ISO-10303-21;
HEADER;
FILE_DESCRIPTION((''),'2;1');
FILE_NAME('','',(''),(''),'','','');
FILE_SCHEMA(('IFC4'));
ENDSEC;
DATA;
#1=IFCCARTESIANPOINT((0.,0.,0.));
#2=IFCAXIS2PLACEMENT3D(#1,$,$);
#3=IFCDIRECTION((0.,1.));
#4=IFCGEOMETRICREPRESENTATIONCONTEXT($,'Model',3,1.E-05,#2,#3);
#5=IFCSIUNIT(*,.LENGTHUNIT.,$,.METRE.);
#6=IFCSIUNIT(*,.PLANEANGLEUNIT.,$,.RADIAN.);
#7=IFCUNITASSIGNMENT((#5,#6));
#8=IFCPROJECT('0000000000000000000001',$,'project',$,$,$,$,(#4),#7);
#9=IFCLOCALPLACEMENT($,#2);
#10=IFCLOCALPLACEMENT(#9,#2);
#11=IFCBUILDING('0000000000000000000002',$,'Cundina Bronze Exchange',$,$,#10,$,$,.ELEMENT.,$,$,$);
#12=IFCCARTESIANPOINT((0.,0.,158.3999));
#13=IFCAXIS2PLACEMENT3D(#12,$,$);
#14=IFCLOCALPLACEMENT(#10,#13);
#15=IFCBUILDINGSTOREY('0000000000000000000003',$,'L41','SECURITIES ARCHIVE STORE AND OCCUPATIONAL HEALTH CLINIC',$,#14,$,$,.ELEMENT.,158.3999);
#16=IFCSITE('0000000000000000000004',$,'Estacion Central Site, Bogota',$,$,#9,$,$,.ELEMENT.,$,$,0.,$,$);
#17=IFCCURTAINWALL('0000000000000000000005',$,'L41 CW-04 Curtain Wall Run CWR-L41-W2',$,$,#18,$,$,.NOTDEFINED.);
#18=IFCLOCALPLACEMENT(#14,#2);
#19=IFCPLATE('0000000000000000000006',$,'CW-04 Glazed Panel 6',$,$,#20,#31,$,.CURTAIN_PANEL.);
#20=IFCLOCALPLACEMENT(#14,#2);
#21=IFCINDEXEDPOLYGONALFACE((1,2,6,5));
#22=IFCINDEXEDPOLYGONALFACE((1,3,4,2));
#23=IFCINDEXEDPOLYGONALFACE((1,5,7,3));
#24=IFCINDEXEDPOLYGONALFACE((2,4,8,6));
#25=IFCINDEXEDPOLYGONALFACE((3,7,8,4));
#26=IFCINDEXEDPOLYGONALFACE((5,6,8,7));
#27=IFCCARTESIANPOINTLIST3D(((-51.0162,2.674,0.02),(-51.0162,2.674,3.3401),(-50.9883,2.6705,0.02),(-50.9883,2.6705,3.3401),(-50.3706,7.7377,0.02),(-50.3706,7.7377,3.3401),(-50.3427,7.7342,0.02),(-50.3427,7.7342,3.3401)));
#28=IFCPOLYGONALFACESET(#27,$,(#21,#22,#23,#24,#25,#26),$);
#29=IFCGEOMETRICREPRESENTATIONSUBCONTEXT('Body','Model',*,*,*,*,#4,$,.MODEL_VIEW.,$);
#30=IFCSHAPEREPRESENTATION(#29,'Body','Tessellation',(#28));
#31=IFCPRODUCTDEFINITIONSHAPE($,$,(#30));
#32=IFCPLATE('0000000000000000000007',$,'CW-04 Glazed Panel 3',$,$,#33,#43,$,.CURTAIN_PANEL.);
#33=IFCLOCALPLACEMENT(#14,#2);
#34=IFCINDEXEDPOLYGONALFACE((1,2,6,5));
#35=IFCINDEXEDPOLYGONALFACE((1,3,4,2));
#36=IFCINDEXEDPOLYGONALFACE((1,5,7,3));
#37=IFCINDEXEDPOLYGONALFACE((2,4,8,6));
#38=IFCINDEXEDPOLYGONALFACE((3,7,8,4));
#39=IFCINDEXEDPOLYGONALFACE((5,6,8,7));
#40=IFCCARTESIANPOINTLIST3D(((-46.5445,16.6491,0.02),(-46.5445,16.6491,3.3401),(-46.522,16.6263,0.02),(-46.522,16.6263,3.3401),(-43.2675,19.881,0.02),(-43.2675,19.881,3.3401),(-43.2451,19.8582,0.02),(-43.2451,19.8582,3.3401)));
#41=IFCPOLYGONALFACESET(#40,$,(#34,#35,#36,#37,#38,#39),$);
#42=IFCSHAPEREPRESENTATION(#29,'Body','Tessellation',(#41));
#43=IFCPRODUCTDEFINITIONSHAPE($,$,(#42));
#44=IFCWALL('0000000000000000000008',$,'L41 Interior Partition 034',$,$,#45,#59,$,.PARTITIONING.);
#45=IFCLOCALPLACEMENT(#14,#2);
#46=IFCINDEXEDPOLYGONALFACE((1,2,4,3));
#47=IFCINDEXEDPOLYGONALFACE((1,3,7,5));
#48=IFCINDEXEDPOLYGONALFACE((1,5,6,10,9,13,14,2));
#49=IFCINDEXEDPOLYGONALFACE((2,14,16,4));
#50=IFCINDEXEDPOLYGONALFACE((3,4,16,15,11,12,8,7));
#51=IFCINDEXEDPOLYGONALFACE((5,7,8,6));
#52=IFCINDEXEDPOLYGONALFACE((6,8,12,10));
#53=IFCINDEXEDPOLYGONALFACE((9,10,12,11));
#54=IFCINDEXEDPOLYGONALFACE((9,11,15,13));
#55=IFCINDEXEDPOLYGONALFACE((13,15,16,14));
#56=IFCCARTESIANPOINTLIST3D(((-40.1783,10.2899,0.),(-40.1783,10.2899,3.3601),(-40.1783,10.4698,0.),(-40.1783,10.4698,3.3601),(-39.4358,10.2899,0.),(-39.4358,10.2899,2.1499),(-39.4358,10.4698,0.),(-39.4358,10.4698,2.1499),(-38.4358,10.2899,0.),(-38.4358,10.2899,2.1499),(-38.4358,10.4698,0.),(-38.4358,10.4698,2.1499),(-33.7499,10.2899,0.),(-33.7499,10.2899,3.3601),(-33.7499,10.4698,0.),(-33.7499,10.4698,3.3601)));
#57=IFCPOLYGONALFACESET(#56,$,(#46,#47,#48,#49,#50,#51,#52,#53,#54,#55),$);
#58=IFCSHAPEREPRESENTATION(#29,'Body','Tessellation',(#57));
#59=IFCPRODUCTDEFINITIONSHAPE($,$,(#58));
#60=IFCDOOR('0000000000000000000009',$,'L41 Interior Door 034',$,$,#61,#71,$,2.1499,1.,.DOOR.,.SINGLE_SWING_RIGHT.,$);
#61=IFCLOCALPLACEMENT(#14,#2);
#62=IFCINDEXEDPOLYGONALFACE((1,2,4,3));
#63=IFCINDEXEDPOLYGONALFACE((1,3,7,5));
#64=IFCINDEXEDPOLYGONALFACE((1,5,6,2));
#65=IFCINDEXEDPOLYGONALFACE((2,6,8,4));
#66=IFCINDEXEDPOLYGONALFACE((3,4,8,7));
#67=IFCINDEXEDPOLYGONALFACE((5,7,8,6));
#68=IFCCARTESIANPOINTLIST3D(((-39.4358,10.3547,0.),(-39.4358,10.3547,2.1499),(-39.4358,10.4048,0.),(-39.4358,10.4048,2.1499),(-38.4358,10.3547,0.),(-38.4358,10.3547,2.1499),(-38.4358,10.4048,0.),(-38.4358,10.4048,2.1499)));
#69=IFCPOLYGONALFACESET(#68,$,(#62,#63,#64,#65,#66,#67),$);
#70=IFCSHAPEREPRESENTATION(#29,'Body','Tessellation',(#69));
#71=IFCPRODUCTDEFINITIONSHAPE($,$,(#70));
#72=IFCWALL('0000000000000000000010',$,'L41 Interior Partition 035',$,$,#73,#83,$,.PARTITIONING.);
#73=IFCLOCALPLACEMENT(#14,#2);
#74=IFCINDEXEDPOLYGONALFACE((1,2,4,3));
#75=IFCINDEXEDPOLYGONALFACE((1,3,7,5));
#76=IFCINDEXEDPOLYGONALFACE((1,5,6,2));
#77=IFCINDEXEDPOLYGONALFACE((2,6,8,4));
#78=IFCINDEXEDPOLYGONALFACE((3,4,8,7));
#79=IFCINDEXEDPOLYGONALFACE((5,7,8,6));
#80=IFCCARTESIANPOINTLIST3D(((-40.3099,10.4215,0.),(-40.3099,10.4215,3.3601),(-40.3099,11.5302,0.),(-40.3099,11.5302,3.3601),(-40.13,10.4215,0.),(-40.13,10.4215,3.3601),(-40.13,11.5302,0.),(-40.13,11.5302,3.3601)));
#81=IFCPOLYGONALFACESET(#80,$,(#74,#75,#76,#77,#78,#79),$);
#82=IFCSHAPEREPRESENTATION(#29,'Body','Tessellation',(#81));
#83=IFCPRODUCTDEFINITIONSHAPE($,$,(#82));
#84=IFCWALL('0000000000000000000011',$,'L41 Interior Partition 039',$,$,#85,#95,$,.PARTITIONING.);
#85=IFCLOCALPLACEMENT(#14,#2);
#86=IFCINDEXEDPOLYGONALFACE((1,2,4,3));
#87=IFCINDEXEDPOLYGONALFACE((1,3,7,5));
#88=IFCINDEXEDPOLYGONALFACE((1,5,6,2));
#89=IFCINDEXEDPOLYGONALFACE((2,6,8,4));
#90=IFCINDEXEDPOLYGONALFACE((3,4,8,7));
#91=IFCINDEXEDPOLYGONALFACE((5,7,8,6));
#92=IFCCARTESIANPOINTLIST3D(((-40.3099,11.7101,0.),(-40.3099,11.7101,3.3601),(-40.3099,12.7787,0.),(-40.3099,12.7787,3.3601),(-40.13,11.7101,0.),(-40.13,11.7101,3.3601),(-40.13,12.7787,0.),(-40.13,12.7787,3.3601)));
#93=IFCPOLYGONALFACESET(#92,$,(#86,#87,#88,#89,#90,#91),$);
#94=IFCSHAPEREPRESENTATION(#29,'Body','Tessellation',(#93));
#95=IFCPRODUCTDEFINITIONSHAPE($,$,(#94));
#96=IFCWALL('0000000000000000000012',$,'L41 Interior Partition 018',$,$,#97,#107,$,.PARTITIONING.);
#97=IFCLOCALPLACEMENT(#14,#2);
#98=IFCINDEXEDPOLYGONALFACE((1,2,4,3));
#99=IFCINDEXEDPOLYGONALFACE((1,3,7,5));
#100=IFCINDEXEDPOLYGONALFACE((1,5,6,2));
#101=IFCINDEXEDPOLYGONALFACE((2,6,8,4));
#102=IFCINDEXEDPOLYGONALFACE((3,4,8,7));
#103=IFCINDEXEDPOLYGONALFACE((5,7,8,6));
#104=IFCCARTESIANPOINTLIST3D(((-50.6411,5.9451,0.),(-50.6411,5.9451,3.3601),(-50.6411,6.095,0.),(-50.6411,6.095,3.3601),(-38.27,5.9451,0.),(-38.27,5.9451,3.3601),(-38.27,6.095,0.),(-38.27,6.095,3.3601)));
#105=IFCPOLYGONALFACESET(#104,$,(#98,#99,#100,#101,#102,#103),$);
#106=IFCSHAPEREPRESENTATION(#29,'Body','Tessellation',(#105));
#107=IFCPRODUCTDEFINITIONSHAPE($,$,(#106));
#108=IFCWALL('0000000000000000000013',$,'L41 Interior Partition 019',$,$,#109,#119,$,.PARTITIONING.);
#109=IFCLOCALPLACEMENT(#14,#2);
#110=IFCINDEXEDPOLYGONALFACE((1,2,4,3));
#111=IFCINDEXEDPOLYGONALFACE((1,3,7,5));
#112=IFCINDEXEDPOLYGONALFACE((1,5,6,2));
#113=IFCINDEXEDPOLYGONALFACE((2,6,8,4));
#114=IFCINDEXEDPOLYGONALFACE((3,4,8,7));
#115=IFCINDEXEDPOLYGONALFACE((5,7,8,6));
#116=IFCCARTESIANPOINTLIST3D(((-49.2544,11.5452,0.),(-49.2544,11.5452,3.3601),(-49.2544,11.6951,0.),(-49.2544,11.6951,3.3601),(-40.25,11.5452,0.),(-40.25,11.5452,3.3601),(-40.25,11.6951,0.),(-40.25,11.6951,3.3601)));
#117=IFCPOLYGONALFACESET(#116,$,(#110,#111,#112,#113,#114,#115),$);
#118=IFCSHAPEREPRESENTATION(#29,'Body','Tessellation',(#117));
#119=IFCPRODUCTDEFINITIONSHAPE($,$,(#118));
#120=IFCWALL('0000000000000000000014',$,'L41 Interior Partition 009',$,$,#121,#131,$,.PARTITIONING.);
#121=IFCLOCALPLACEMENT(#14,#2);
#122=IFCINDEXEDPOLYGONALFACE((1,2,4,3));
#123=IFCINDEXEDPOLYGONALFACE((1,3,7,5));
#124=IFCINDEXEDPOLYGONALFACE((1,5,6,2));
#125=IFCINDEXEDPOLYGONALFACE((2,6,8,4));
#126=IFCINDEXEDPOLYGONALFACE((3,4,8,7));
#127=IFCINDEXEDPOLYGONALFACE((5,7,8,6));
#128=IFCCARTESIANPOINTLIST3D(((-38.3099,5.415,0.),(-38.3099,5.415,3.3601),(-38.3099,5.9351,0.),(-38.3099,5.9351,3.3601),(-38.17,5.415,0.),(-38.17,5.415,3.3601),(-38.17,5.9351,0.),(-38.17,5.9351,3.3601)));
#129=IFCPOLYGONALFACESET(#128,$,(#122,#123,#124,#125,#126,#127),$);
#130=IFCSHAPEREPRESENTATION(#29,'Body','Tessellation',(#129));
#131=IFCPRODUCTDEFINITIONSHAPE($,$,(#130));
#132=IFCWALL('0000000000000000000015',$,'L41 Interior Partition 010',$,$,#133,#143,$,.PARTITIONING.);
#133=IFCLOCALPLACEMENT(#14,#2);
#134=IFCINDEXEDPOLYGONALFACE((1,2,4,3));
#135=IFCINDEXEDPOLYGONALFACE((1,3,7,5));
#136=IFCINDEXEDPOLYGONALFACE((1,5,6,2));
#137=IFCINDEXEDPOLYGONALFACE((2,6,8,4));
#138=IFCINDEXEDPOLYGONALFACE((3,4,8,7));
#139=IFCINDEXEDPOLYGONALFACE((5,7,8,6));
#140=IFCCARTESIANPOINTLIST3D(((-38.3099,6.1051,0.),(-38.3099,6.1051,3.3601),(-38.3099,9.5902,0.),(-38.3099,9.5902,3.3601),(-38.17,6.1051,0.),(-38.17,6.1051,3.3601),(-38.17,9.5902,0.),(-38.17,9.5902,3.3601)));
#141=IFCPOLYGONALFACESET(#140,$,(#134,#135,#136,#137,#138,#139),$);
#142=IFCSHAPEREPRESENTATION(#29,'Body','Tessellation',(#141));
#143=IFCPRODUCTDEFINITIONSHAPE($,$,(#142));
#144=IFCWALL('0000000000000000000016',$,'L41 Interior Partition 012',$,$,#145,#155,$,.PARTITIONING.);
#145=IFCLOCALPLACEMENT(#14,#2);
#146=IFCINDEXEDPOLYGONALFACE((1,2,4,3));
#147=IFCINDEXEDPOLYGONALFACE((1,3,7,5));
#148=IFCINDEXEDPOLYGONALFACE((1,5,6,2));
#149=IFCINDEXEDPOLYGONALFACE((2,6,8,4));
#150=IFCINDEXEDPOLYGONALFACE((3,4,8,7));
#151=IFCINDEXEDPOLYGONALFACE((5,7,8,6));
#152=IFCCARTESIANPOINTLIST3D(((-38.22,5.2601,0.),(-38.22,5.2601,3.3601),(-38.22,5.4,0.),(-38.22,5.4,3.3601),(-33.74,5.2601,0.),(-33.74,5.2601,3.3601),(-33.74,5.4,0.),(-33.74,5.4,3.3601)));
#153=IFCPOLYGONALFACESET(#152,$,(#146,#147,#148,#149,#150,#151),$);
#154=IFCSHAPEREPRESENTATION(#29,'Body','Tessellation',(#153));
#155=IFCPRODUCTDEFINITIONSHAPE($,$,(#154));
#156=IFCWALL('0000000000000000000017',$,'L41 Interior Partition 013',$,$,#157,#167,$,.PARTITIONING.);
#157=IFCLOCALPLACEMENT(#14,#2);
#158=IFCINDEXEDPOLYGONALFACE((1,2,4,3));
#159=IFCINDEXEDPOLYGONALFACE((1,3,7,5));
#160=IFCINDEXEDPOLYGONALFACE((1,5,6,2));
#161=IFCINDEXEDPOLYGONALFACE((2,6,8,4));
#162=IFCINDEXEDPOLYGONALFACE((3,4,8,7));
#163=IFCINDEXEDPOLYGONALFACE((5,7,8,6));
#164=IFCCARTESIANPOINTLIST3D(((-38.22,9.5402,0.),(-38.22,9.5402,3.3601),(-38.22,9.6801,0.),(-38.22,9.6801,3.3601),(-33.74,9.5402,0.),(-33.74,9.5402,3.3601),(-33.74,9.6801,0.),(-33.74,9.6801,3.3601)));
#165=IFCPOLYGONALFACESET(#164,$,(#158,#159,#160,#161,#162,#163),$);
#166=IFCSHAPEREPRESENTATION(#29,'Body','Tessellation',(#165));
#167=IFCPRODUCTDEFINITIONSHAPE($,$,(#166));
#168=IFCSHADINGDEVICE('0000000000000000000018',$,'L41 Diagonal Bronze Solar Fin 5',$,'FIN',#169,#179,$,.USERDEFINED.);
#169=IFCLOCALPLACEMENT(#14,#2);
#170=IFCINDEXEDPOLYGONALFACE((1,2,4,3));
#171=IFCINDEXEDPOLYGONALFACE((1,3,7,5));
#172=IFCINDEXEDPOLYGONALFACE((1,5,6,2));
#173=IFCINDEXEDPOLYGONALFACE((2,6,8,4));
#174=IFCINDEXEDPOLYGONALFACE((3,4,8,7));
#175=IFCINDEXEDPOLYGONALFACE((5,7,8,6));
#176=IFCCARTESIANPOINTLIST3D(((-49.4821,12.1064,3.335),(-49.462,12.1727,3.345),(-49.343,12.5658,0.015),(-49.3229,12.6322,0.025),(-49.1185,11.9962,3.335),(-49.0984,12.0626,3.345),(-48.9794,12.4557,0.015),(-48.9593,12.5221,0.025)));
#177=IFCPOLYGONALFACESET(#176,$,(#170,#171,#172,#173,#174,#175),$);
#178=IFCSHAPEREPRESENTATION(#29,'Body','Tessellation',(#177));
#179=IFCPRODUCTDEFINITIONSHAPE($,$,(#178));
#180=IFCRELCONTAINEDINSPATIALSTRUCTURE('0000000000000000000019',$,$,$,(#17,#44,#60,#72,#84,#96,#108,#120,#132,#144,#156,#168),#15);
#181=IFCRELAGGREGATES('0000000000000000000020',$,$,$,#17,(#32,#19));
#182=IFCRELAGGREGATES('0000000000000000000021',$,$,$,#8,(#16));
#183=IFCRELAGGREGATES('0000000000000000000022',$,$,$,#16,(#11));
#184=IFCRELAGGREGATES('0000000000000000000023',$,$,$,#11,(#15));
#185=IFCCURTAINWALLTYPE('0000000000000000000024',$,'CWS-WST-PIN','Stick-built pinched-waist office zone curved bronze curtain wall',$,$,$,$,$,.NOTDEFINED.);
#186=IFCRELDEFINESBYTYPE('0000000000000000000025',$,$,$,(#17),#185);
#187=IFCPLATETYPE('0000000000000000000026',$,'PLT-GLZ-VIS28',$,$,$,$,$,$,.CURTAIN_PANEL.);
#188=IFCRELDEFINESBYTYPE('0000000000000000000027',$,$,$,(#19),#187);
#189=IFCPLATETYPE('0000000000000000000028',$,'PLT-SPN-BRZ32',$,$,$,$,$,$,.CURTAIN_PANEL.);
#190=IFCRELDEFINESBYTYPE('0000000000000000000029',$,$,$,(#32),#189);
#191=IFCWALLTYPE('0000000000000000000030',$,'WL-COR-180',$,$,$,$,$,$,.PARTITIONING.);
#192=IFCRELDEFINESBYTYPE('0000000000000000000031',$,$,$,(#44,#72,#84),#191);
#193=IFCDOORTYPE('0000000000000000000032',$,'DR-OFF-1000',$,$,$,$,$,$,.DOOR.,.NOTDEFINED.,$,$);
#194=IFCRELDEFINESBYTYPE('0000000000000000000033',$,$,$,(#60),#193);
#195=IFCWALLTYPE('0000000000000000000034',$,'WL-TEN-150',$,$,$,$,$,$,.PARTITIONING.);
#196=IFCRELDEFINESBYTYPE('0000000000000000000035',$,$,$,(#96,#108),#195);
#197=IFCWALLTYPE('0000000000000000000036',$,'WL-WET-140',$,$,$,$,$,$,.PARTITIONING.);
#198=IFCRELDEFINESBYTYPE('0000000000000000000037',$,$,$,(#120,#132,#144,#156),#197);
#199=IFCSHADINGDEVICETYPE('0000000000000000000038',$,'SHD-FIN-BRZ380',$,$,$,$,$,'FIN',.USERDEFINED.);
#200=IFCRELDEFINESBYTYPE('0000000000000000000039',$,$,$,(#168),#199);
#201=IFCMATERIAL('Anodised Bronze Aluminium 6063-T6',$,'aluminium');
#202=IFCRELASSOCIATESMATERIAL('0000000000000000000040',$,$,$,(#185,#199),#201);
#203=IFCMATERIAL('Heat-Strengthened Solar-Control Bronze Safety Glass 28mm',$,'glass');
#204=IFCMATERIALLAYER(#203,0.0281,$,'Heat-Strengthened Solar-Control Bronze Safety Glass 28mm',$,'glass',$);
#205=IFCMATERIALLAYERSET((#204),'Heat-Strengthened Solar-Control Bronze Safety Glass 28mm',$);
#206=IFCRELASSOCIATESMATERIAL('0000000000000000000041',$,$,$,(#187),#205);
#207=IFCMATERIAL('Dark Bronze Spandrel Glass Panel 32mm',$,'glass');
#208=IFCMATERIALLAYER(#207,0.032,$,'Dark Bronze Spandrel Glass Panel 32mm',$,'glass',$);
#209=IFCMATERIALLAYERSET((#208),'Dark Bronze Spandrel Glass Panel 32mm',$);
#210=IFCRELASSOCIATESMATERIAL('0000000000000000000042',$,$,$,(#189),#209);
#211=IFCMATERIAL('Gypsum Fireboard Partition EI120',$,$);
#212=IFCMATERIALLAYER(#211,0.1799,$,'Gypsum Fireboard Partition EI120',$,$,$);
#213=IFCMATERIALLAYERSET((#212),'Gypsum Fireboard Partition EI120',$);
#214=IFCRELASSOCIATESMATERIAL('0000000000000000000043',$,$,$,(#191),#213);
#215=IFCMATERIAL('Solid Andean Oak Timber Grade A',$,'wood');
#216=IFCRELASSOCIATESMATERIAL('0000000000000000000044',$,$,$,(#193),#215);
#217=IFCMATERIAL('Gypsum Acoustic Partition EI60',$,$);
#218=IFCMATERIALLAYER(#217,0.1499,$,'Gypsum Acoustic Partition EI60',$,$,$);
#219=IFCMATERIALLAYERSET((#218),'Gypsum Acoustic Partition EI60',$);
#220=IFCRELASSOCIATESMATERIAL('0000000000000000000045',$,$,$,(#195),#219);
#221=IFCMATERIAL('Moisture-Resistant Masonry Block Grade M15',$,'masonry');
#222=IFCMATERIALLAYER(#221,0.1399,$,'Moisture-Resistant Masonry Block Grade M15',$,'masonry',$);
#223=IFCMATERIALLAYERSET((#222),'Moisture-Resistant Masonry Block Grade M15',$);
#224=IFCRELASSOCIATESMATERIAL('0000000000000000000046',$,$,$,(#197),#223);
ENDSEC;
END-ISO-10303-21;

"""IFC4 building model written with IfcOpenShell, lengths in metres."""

from ifc_helpers import new_model, si_unit, direction, frame, frame_2d, origin, origin_2d, place, context, subcontext, project, spatial, rectangle, extrude, material, layer, layer_set, material_profile, profile_set, type_object, element, fill, aggregate, save


model = new_model("IFC4")

# Units and contexts
model_context = context("Model", 3, precision=1e-05, world=origin(), true_north=direction((0.0, 1.0)))
body_context = subcontext(model_context, "Body", "Model", "MODEL_VIEW")
ifc_project = project(units=[si_unit("LENGTHUNIT", "METRE"), si_unit("PLANEANGLEUNIT", "RADIAN")], contexts=[model_context])

# Site, building, storey
site_placement = place(None, origin())
site = spatial("IfcSite", under=ifc_project, at=site_placement, Name="Estacion Central Site, Bogota", CompositionType="ELEMENT", RefElevation=0.0)
building_placement = place(site_placement, origin())
building = spatial("IfcBuilding", under=site, at=building_placement, Name="Cundina Bronze Exchange", CompositionType="ELEMENT")
storey_placement = place(building_placement, frame((0.0, 0.0, 158.3999)))
storey = spatial("IfcBuildingStorey", under=building, at=storey_placement, Name="L41", Description="SECURITIES ARCHIVE STORE AND OCCUPATIONAL HEALTH CLINIC", CompositionType="ELEMENT", Elevation=158.3999)

# Curtain wall, plates
ifc_material_1 = material(Name="Anodised Bronze Aluminium 6063-T6", Category="aluminium")
curtain_wall_type = type_object("IfcCurtainWallType", Name="CWS-WST-PIN", Description="Stick-built pinched-waist office zone curved bronze curtain wall", PredefinedType="NOTDEFINED", material=ifc_material_1)
curtain_wall_placement = place(storey_placement, origin())
curtain_wall = element("IfcCurtainWall", 1, at=curtain_wall_placement, inside=storey, type_object=curtain_wall_type, Name="L41 CW-04 Curtain Wall Run CWR-L41-W2", PredefinedType="NOTDEFINED")
ifc_material_2 = material(Name="Heat-Strengthened Solar-Control Bronze Safety Glass 28mm", Category="glass")
ifc_layer_1 = layer(ifc_material_2, 0.0281, Name="Heat-Strengthened Solar-Control Bronze Safety Glass 28mm", Category="glass")
ifc_layer_set_1 = layer_set([ifc_layer_1], Name="Heat-Strengthened Solar-Control Bronze Safety Glass 28mm")
plate_type_1 = type_object("IfcPlateType", Name="PLT-GLZ-VIS28", PredefinedType="CURTAIN_PANEL", material=ifc_layer_set_1)
plate_1_placement = place(storey_placement, frame((-50.6794, 5.2041, 0.02), z_axis=(0.0, 0.0, 1.0), x_axis=(-0.126476, -0.99197, 0.0)))
plate_1 = element("IfcPlate", 2, at=plate_1_placement, type_object=plate_type_1, Name="CW-04 Glazed Panel 6", PredefinedType="CURTAIN_PANEL", context=body_context, shape_type="SweptSolid", body=[
    extrude(rectangle(XDim=5.1047, YDim=0.0281, at=origin_2d()), origin(), (0.0, 0.0, 1.0), 3.3201),
])
ifc_material_3 = material(Name="Dark Bronze Spandrel Glass Panel 32mm", Category="glass")
ifc_layer_2 = layer(ifc_material_3, 0.032, Name="Dark Bronze Spandrel Glass Panel 32mm", Category="glass")
ifc_layer_set_2 = layer_set([ifc_layer_2], Name="Dark Bronze Spandrel Glass Panel 32mm")
plate_type_2 = type_object("IfcPlateType", Name="PLT-SPN-BRZ32", PredefinedType="CURTAIN_PANEL", material=ifc_layer_set_2)
plate_2_placement = place(storey_placement, frame((-44.8948, 18.2537, 0.02), z_axis=(0.0, 0.0, 1.0), x_axis=(-0.711989, -0.70219, 0.0)))
plate_2 = element("IfcPlate", 3, at=plate_2_placement, type_object=plate_type_2, Name="CW-04 Glazed Panel 3", PredefinedType="CURTAIN_PANEL", context=body_context, shape_type="SweptSolid", body=[
    extrude(rectangle(XDim=4.6025, YDim=0.032, at=origin_2d()), origin(), (0.0, 0.0, 1.0), 3.3201),
])
aggregate(curtain_wall, [plate_2, plate_1])

# Wall, opening, door
ifc_material_4 = material(Name="Gypsum Fireboard Partition EI120")
ifc_layer_3 = layer(ifc_material_4, 0.1799, Name="Gypsum Fireboard Partition EI120")
ifc_layer_set_3 = layer_set([ifc_layer_3], Name="Gypsum Fireboard Partition EI120")
wall_type_1 = type_object("IfcWallType", Name="WL-COR-180", PredefinedType="PARTITIONING", material=ifc_layer_set_3)
wall_1_placement = place(storey_placement, frame((-40.1785, 10.3799, 0.0), z_axis=(0.0, 0.0, 1.0), x_axis=(1.0, 0.0, 0.0)))
wall_1 = element("IfcWall", 4, at=wall_1_placement, inside=storey, type_object=wall_type_1, Name="L41 Interior Partition 034", PredefinedType="PARTITIONING", context=body_context, shape_type="SweptSolid", body=[
    extrude(rectangle(XDim=6.4285, YDim=0.1799, at=frame_2d((3.2144, 0.0))), origin(), (0.0, 0.0, 1.0), 3.3601),
])
opening_placement = place(wall_1_placement, frame((0.7427, 0.0, 0.0)))
opening = element("IfcOpeningElement", 5, at=opening_placement, cuts=wall_1, PredefinedType="OPENING", context=body_context, shape_type="SweptSolid", body=[
    extrude(rectangle(XDim=1.0, YDim=2.1499, at=frame_2d((0.5, 1.075))), frame((0.0, 0.0999, 0.0), z_axis=(0.0, -1.0, 0.0), x_axis=(1.0, 0.0, 0.0)), (0.0, 0.0, 1.0), 0.2),
])
ifc_material_5 = material(Name="Solid Andean Oak Timber Grade A", Category="wood")
door_type = type_object("IfcDoorType", Name="DR-OFF-1000", OperationType="NOTDEFINED", PredefinedType="DOOR", material=ifc_material_5)
door_placement = place(opening_placement, origin())
door = element("IfcDoor", 6, at=door_placement, inside=storey, type_object=door_type, Name="L41 Interior Door 034", OperationType="SINGLE_SWING_RIGHT", OverallHeight=2.1499, OverallWidth=1.0, PredefinedType="DOOR", context=body_context, shape_type="SweptSolid", body=[
    extrude(rectangle(XDim=1.0, YDim=2.1499, at=frame_2d((0.5, 1.075))), frame((0.0, 0.0249, 0.0), z_axis=(0.0, -1.0, 0.0), x_axis=(1.0, 0.0, 0.0)), (0.0, 0.0, 1.0), 0.05),
])
fill(opening, door)

# Walls
wall_2_placement = place(storey_placement, frame((-40.22, 11.53, 0.0), z_axis=(0.0, 0.0, 1.0), x_axis=(0.0, -1.0, 0.0)))
element("IfcWall", 7, at=wall_2_placement, inside=storey, type_object=wall_type_1, Name="L41 Interior Partition 035", PredefinedType="PARTITIONING", context=body_context, shape_type="SweptSolid", body=[
    extrude(rectangle(XDim=1.1086, YDim=0.1799, at=frame_2d((0.5542, 0.0))), origin(), (0.0, 0.0, 1.0), 3.3601),
])
wall_3_placement = place(storey_placement, frame((-40.22, 12.7786, 0.0), z_axis=(0.0, 0.0, 1.0), x_axis=(0.0, -1.0, 0.0)))
element("IfcWall", 8, at=wall_3_placement, inside=storey, type_object=wall_type_1, Name="L41 Interior Partition 039", PredefinedType="PARTITIONING", context=body_context, shape_type="SweptSolid", body=[
    extrude(rectangle(XDim=1.0686, YDim=0.1799, at=frame_2d((0.5342, 0.0))), origin(), (0.0, 0.0, 1.0), 3.3601),
])
ifc_material_6 = material(Name="Gypsum Acoustic Partition EI60")
ifc_layer_4 = layer(ifc_material_6, 0.1499, Name="Gypsum Acoustic Partition EI60")
ifc_layer_set_4 = layer_set([ifc_layer_4], Name="Gypsum Acoustic Partition EI60")
wall_type_2 = type_object("IfcWallType", Name="WL-TEN-150", PredefinedType="PARTITIONING", material=ifc_layer_set_4)
wall_4_placement = place(storey_placement, frame((-50.6411, 6.02, 0.0), z_axis=(0.0, 0.0, 1.0), x_axis=(1.0, 0.0, 0.0)))
element("IfcWall", 9, at=wall_4_placement, inside=storey, type_object=wall_type_2, Name="L41 Interior Partition 018", PredefinedType="PARTITIONING", context=body_context, shape_type="SweptSolid", body=[
    extrude(rectangle(XDim=12.3711, YDim=0.1499, at=frame_2d((6.1855, 0.0))), origin(), (0.0, 0.0, 1.0), 3.3601),
])
wall_5_placement = place(storey_placement, frame((-49.2544, 11.6201, 0.0), z_axis=(0.0, 0.0, 1.0), x_axis=(1.0, 0.0, 0.0)))
element("IfcWall", 10, at=wall_5_placement, inside=storey, type_object=wall_type_2, Name="L41 Interior Partition 019", PredefinedType="PARTITIONING", context=body_context, shape_type="SweptSolid", body=[
    extrude(rectangle(XDim=9.0044, YDim=0.1499, at=frame_2d((4.5022, 0.0))), origin(), (0.0, 0.0, 1.0), 3.3601),
])
ifc_material_7 = material(Name="Moisture-Resistant Masonry Block Grade M15", Category="masonry")
ifc_layer_5 = layer(ifc_material_7, 0.1399, Name="Moisture-Resistant Masonry Block Grade M15", Category="masonry")
ifc_layer_set_5 = layer_set([ifc_layer_5], Name="Moisture-Resistant Masonry Block Grade M15")
wall_type_3 = type_object("IfcWallType", Name="WL-WET-140", PredefinedType="PARTITIONING", material=ifc_layer_set_5)
wall_6_placement = place(storey_placement, frame((-38.24, 5.415, 0.0), z_axis=(0.0, 0.0, 1.0), x_axis=(0.0, 1.0, 0.0)))
element("IfcWall", 11, at=wall_6_placement, inside=storey, type_object=wall_type_3, Name="L41 Interior Partition 009", PredefinedType="PARTITIONING", context=body_context, shape_type="SweptSolid", body=[
    extrude(rectangle(XDim=0.52, YDim=0.1399, at=frame_2d((0.26, 0.0))), origin(), (0.0, 0.0, 1.0), 3.3601),
])
wall_7_placement = place(storey_placement, frame((-38.24, 6.105, 0.0), z_axis=(0.0, 0.0, 1.0), x_axis=(0.0, 1.0, 0.0)))
element("IfcWall", 12, at=wall_7_placement, inside=storey, type_object=wall_type_3, Name="L41 Interior Partition 010", PredefinedType="PARTITIONING", context=body_context, shape_type="SweptSolid", body=[
    extrude(rectangle(XDim=3.4851, YDim=0.1399, at=frame_2d((1.7427, 0.0))), origin(), (0.0, 0.0, 1.0), 3.3601),
])
for number, where, z_axis, x_axis, name in (
    (13, (-38.22, 5.3301, 0.0), (0.0, 0.0, 1.0), (1.0, 0.0, 0.0), "L41 Interior Partition 012"),
    (14, (-38.22, 9.6101, 0.0), (0.0, 0.0, 1.0), (1.0, 0.0, 0.0), "L41 Interior Partition 013"),
):
    element("IfcWall", number, at=place(storey_placement, frame(where, z_axis=z_axis, x_axis=x_axis)), inside=storey, type_object=wall_type_3, Name=name, PredefinedType="PARTITIONING", context=body_context, shape_type="SweptSolid", body=[
        extrude(rectangle(XDim=4.48, YDim=0.1399, at=frame_2d((2.24, 0.0))), origin(), (0.0, 0.0, 1.0), 3.3601),
    ])

# Shading device
ifc_material_profile_1 = material_profile(ifc_material_1, rectangle(XDim=0.0701, YDim=0.3799, at=origin_2d()), Name="FIN70X380", Category="aluminium")
ifc_profile_set_1 = profile_set([ifc_material_profile_1], Name="Anodised Bronze Aluminium 6063-T6")
shading_device_type = type_object("IfcShadingDeviceType", Name="SHD-FIN-BRZ380", ElementType="FIN", PredefinedType="USERDEFINED", material=ifc_profile_set_1)
shading_device_placement = place(storey_placement, frame((-49.1511, 12.5439, 0.02), z_axis=(-0.041483, -0.136968, 0.989706), x_axis=(0.286883, 0.947216, 0.143112)))
element("IfcShadingDevice", 15, at=shading_device_placement, inside=storey, type_object=shading_device_type, Name="L41 Diagonal Bronze Solar Fin 5", ObjectType="FIN", PredefinedType="USERDEFINED", context=body_context, shape_type="SweptSolid", body=[
    extrude(rectangle(XDim=0.0701, YDim=0.3799, at=origin_2d()), origin(), (0.0, 0.0, 1.0), 3.3545),
])

save(model, "model.ifc")
